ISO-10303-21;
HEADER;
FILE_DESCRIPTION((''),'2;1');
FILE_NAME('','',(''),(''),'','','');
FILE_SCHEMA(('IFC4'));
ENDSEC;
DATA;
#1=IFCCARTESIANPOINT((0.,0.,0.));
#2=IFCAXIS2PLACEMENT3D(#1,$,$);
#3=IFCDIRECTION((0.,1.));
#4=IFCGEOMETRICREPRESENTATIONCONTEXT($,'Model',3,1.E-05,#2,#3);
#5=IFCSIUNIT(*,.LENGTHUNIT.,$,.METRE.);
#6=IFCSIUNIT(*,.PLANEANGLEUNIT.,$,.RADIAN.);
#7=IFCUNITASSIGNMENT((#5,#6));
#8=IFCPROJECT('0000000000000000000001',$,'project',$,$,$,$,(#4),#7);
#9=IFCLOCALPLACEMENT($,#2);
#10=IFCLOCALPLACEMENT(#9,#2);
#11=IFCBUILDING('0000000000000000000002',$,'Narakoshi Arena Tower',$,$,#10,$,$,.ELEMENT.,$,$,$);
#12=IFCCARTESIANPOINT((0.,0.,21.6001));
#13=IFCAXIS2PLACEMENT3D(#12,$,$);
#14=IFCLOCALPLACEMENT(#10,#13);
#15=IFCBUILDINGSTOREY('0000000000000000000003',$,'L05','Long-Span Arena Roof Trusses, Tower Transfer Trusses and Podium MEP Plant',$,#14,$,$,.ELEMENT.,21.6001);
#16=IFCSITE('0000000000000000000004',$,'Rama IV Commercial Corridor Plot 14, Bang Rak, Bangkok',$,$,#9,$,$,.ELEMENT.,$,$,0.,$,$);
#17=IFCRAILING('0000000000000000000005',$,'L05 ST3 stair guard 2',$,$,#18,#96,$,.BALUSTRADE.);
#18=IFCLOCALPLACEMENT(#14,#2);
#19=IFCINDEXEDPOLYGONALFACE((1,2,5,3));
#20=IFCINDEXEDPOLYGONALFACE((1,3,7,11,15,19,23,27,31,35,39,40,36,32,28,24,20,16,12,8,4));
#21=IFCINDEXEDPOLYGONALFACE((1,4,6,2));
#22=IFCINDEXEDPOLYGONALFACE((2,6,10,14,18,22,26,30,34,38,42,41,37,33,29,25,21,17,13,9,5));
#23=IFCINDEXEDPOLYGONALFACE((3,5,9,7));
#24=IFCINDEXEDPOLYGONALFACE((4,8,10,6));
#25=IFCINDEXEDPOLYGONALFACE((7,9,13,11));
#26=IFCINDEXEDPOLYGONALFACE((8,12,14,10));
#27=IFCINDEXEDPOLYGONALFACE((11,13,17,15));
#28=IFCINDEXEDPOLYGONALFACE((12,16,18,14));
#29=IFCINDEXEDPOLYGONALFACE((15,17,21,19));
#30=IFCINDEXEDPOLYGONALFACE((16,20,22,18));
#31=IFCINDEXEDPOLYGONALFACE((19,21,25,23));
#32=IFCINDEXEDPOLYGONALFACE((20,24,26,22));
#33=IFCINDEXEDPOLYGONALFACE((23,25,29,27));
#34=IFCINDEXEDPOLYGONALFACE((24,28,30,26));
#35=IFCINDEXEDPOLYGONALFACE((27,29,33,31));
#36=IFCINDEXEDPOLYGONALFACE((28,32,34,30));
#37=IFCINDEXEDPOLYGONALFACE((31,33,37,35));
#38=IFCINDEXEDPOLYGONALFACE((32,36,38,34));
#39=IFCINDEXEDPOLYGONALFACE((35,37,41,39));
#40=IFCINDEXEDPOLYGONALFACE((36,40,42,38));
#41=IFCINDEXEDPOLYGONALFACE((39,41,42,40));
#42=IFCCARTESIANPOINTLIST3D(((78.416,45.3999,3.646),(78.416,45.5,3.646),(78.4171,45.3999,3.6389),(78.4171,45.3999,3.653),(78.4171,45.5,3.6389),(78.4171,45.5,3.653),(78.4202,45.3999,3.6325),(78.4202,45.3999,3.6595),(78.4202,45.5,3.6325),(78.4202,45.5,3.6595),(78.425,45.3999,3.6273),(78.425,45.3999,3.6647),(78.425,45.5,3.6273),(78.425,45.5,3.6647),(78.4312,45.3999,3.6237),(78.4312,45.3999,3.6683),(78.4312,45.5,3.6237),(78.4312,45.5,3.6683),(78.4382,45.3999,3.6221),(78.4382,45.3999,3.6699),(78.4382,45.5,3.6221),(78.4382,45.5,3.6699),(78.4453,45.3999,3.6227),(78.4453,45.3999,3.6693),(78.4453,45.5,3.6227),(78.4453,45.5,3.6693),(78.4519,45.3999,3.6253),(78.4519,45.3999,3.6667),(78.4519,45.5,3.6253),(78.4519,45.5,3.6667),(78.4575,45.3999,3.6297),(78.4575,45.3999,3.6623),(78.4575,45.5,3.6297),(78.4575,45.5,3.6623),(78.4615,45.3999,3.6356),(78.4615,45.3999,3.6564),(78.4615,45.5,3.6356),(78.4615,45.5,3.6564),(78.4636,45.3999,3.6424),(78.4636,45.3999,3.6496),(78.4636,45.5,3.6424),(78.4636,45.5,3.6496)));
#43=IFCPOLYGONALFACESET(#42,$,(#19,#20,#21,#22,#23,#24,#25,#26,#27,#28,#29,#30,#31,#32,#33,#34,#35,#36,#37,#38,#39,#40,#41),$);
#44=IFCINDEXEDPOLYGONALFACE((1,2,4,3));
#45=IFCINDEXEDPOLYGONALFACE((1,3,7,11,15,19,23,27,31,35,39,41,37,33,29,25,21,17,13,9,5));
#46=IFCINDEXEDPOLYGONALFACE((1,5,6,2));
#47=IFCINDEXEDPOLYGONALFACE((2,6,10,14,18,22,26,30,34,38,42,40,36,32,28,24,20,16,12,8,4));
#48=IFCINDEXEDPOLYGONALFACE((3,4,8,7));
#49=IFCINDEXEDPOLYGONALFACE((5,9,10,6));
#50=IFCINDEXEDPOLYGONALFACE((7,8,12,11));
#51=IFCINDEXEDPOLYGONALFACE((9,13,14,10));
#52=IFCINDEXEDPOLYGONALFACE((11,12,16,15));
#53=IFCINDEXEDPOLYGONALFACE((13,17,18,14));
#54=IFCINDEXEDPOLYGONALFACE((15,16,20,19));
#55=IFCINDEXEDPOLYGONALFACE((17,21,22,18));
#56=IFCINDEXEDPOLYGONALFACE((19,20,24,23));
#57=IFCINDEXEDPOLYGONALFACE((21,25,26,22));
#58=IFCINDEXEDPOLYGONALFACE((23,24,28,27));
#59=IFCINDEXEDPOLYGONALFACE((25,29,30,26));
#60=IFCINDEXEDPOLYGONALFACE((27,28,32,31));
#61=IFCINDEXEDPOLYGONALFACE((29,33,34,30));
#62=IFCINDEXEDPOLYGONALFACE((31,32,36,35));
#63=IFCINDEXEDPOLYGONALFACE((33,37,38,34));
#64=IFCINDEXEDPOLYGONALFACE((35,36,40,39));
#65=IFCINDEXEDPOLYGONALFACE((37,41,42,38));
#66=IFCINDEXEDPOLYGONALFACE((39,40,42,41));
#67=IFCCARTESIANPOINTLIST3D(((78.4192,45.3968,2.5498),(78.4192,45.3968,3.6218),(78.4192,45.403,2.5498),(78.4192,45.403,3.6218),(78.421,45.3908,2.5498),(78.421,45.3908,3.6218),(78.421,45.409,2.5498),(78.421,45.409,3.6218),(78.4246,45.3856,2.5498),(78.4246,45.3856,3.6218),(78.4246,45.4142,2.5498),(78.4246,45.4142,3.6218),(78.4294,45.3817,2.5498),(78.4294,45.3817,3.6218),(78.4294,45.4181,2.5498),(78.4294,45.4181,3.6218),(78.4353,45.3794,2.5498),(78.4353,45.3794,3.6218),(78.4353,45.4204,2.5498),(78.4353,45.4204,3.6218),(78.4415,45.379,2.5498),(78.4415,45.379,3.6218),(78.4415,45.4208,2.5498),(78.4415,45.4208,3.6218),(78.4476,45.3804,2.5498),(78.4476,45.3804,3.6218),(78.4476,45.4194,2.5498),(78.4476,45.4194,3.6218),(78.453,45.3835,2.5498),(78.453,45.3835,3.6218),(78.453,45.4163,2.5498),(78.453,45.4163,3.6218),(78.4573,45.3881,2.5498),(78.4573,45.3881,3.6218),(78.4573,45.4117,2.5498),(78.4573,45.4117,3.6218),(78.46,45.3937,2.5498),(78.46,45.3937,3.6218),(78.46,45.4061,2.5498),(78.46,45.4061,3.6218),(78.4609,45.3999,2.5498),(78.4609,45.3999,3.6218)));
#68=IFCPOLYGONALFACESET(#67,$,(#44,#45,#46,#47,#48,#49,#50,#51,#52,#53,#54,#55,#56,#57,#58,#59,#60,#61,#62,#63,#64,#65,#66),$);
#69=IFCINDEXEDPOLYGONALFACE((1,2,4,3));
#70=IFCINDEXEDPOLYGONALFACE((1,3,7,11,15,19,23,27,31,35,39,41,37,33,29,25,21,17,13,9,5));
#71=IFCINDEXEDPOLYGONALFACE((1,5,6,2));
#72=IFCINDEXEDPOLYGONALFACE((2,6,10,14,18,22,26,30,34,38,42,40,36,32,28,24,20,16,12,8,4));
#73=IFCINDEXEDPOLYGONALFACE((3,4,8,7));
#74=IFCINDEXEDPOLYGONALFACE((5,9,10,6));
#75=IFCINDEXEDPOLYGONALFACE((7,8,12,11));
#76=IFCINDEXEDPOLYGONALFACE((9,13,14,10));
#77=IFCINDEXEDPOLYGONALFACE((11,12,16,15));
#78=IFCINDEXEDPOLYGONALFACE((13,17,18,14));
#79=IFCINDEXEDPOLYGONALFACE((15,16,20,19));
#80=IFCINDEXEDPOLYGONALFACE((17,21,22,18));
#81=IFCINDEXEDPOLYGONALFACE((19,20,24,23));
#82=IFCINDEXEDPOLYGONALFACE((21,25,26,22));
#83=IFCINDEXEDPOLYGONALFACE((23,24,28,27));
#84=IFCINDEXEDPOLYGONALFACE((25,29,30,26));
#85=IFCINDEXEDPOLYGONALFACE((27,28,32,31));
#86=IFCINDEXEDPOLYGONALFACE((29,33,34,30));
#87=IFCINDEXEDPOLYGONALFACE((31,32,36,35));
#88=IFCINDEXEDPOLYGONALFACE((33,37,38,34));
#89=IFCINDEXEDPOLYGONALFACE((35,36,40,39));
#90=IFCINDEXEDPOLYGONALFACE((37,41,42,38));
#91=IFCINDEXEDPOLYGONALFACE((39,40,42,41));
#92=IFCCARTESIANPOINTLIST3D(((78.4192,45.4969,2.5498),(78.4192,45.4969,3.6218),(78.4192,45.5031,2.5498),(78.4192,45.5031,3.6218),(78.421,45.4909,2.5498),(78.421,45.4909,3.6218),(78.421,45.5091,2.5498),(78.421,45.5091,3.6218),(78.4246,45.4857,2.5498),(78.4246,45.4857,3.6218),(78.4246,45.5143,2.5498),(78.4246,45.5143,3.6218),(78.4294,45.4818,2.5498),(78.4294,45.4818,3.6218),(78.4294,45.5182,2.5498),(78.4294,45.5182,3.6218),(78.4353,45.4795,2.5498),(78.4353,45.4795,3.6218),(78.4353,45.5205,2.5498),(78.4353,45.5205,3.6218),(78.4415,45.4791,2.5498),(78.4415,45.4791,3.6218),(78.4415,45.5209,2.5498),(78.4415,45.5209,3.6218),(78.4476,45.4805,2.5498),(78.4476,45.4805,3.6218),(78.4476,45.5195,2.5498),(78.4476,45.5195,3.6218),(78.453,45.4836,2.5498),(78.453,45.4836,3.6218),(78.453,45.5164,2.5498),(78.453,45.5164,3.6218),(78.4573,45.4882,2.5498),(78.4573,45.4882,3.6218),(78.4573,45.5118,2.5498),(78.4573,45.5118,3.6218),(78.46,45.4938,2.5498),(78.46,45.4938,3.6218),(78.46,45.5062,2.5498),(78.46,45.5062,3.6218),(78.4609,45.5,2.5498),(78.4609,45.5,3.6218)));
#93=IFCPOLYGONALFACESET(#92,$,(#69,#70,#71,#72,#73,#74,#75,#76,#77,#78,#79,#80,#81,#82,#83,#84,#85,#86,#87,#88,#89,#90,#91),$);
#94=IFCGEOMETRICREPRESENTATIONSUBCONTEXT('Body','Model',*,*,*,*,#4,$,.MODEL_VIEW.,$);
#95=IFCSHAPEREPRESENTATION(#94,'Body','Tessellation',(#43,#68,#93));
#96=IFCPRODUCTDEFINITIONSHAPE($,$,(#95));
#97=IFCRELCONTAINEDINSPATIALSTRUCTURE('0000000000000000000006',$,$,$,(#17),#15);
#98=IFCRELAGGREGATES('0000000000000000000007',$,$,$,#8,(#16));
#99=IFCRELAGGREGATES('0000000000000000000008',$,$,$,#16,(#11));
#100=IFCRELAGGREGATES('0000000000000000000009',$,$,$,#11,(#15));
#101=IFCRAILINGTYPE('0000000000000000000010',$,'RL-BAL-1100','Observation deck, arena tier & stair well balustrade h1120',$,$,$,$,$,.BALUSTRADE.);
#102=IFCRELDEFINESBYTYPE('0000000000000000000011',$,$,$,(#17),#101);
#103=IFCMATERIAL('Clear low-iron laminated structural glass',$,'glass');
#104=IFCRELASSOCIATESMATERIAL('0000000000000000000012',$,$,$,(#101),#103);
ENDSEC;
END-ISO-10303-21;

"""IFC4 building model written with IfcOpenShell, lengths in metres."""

from ifc_helpers import new_model, si_unit, direction, frame, origin, origin_2d, place, context, subcontext, project, spatial, circle, extrude, material, type_object, element, save


model = new_model("IFC4")

# Units and contexts
model_context = context("Model", 3, precision=1e-05, world=origin(), true_north=direction((0.0, 1.0)))
body_context = subcontext(model_context, "Body", "Model", "MODEL_VIEW")
ifc_project = project(units=[si_unit("LENGTHUNIT", "METRE"), si_unit("PLANEANGLEUNIT", "RADIAN")], contexts=[model_context])

# Site, building, storey
site_placement = place(None, origin())
site = spatial("IfcSite", under=ifc_project, at=site_placement, Name="Rama IV Commercial Corridor Plot 14, Bang Rak, Bangkok", CompositionType="ELEMENT", RefElevation=0.0)
building_placement = place(site_placement, origin())
building = spatial("IfcBuilding", under=site, at=building_placement, Name="Narakoshi Arena Tower", CompositionType="ELEMENT")
storey_placement = place(building_placement, frame((0.0, 0.0, 21.6001)))
storey = spatial("IfcBuildingStorey", under=building, at=storey_placement, Name="L05", Description="Long-Span Arena Roof Trusses, Tower Transfer Trusses and Podium MEP Plant", CompositionType="ELEMENT", Elevation=21.6001)

# Railing
ifc_material_1 = material(Name="Clear low-iron laminated structural glass", Category="glass")
railing_type_1 = type_object("IfcRailingType", Name="RL-BAL-1100", Description="Observation deck, arena tier & stair well balustrade h1120", PredefinedType="BALUSTRADE", material=ifc_material_1)
railing_1_placement = place(storey_placement, frame((78.4399, 45.3999, 2.5498)))
element("IfcRailing", 1, at=railing_1_placement, inside=storey, type_object=railing_type_1, Name="L05 ST3 stair guard 2", PredefinedType="BALUSTRADE", context=body_context, shape_type="SweptSolid", body=[
    extrude(circle(Radius=0.0239, at=origin_2d()), frame((0.0, 0.0, 1.0962), z_axis=(0.0, 1.0, 0.0), x_axis=(-1.0, 0.0, 0.0)), (0.0, 0.0, 1.0), 0.1001),
    extrude(circle(Radius=0.021, at=origin_2d()), origin(), (0.0, 0.0, 1.0), 1.072),
    extrude(circle(Radius=0.021, at=origin_2d()), frame((0.0, 0.1001, 0.0)), (0.0, 0.0, 1.0), 1.072),
])

save(model, "model.ifc")
